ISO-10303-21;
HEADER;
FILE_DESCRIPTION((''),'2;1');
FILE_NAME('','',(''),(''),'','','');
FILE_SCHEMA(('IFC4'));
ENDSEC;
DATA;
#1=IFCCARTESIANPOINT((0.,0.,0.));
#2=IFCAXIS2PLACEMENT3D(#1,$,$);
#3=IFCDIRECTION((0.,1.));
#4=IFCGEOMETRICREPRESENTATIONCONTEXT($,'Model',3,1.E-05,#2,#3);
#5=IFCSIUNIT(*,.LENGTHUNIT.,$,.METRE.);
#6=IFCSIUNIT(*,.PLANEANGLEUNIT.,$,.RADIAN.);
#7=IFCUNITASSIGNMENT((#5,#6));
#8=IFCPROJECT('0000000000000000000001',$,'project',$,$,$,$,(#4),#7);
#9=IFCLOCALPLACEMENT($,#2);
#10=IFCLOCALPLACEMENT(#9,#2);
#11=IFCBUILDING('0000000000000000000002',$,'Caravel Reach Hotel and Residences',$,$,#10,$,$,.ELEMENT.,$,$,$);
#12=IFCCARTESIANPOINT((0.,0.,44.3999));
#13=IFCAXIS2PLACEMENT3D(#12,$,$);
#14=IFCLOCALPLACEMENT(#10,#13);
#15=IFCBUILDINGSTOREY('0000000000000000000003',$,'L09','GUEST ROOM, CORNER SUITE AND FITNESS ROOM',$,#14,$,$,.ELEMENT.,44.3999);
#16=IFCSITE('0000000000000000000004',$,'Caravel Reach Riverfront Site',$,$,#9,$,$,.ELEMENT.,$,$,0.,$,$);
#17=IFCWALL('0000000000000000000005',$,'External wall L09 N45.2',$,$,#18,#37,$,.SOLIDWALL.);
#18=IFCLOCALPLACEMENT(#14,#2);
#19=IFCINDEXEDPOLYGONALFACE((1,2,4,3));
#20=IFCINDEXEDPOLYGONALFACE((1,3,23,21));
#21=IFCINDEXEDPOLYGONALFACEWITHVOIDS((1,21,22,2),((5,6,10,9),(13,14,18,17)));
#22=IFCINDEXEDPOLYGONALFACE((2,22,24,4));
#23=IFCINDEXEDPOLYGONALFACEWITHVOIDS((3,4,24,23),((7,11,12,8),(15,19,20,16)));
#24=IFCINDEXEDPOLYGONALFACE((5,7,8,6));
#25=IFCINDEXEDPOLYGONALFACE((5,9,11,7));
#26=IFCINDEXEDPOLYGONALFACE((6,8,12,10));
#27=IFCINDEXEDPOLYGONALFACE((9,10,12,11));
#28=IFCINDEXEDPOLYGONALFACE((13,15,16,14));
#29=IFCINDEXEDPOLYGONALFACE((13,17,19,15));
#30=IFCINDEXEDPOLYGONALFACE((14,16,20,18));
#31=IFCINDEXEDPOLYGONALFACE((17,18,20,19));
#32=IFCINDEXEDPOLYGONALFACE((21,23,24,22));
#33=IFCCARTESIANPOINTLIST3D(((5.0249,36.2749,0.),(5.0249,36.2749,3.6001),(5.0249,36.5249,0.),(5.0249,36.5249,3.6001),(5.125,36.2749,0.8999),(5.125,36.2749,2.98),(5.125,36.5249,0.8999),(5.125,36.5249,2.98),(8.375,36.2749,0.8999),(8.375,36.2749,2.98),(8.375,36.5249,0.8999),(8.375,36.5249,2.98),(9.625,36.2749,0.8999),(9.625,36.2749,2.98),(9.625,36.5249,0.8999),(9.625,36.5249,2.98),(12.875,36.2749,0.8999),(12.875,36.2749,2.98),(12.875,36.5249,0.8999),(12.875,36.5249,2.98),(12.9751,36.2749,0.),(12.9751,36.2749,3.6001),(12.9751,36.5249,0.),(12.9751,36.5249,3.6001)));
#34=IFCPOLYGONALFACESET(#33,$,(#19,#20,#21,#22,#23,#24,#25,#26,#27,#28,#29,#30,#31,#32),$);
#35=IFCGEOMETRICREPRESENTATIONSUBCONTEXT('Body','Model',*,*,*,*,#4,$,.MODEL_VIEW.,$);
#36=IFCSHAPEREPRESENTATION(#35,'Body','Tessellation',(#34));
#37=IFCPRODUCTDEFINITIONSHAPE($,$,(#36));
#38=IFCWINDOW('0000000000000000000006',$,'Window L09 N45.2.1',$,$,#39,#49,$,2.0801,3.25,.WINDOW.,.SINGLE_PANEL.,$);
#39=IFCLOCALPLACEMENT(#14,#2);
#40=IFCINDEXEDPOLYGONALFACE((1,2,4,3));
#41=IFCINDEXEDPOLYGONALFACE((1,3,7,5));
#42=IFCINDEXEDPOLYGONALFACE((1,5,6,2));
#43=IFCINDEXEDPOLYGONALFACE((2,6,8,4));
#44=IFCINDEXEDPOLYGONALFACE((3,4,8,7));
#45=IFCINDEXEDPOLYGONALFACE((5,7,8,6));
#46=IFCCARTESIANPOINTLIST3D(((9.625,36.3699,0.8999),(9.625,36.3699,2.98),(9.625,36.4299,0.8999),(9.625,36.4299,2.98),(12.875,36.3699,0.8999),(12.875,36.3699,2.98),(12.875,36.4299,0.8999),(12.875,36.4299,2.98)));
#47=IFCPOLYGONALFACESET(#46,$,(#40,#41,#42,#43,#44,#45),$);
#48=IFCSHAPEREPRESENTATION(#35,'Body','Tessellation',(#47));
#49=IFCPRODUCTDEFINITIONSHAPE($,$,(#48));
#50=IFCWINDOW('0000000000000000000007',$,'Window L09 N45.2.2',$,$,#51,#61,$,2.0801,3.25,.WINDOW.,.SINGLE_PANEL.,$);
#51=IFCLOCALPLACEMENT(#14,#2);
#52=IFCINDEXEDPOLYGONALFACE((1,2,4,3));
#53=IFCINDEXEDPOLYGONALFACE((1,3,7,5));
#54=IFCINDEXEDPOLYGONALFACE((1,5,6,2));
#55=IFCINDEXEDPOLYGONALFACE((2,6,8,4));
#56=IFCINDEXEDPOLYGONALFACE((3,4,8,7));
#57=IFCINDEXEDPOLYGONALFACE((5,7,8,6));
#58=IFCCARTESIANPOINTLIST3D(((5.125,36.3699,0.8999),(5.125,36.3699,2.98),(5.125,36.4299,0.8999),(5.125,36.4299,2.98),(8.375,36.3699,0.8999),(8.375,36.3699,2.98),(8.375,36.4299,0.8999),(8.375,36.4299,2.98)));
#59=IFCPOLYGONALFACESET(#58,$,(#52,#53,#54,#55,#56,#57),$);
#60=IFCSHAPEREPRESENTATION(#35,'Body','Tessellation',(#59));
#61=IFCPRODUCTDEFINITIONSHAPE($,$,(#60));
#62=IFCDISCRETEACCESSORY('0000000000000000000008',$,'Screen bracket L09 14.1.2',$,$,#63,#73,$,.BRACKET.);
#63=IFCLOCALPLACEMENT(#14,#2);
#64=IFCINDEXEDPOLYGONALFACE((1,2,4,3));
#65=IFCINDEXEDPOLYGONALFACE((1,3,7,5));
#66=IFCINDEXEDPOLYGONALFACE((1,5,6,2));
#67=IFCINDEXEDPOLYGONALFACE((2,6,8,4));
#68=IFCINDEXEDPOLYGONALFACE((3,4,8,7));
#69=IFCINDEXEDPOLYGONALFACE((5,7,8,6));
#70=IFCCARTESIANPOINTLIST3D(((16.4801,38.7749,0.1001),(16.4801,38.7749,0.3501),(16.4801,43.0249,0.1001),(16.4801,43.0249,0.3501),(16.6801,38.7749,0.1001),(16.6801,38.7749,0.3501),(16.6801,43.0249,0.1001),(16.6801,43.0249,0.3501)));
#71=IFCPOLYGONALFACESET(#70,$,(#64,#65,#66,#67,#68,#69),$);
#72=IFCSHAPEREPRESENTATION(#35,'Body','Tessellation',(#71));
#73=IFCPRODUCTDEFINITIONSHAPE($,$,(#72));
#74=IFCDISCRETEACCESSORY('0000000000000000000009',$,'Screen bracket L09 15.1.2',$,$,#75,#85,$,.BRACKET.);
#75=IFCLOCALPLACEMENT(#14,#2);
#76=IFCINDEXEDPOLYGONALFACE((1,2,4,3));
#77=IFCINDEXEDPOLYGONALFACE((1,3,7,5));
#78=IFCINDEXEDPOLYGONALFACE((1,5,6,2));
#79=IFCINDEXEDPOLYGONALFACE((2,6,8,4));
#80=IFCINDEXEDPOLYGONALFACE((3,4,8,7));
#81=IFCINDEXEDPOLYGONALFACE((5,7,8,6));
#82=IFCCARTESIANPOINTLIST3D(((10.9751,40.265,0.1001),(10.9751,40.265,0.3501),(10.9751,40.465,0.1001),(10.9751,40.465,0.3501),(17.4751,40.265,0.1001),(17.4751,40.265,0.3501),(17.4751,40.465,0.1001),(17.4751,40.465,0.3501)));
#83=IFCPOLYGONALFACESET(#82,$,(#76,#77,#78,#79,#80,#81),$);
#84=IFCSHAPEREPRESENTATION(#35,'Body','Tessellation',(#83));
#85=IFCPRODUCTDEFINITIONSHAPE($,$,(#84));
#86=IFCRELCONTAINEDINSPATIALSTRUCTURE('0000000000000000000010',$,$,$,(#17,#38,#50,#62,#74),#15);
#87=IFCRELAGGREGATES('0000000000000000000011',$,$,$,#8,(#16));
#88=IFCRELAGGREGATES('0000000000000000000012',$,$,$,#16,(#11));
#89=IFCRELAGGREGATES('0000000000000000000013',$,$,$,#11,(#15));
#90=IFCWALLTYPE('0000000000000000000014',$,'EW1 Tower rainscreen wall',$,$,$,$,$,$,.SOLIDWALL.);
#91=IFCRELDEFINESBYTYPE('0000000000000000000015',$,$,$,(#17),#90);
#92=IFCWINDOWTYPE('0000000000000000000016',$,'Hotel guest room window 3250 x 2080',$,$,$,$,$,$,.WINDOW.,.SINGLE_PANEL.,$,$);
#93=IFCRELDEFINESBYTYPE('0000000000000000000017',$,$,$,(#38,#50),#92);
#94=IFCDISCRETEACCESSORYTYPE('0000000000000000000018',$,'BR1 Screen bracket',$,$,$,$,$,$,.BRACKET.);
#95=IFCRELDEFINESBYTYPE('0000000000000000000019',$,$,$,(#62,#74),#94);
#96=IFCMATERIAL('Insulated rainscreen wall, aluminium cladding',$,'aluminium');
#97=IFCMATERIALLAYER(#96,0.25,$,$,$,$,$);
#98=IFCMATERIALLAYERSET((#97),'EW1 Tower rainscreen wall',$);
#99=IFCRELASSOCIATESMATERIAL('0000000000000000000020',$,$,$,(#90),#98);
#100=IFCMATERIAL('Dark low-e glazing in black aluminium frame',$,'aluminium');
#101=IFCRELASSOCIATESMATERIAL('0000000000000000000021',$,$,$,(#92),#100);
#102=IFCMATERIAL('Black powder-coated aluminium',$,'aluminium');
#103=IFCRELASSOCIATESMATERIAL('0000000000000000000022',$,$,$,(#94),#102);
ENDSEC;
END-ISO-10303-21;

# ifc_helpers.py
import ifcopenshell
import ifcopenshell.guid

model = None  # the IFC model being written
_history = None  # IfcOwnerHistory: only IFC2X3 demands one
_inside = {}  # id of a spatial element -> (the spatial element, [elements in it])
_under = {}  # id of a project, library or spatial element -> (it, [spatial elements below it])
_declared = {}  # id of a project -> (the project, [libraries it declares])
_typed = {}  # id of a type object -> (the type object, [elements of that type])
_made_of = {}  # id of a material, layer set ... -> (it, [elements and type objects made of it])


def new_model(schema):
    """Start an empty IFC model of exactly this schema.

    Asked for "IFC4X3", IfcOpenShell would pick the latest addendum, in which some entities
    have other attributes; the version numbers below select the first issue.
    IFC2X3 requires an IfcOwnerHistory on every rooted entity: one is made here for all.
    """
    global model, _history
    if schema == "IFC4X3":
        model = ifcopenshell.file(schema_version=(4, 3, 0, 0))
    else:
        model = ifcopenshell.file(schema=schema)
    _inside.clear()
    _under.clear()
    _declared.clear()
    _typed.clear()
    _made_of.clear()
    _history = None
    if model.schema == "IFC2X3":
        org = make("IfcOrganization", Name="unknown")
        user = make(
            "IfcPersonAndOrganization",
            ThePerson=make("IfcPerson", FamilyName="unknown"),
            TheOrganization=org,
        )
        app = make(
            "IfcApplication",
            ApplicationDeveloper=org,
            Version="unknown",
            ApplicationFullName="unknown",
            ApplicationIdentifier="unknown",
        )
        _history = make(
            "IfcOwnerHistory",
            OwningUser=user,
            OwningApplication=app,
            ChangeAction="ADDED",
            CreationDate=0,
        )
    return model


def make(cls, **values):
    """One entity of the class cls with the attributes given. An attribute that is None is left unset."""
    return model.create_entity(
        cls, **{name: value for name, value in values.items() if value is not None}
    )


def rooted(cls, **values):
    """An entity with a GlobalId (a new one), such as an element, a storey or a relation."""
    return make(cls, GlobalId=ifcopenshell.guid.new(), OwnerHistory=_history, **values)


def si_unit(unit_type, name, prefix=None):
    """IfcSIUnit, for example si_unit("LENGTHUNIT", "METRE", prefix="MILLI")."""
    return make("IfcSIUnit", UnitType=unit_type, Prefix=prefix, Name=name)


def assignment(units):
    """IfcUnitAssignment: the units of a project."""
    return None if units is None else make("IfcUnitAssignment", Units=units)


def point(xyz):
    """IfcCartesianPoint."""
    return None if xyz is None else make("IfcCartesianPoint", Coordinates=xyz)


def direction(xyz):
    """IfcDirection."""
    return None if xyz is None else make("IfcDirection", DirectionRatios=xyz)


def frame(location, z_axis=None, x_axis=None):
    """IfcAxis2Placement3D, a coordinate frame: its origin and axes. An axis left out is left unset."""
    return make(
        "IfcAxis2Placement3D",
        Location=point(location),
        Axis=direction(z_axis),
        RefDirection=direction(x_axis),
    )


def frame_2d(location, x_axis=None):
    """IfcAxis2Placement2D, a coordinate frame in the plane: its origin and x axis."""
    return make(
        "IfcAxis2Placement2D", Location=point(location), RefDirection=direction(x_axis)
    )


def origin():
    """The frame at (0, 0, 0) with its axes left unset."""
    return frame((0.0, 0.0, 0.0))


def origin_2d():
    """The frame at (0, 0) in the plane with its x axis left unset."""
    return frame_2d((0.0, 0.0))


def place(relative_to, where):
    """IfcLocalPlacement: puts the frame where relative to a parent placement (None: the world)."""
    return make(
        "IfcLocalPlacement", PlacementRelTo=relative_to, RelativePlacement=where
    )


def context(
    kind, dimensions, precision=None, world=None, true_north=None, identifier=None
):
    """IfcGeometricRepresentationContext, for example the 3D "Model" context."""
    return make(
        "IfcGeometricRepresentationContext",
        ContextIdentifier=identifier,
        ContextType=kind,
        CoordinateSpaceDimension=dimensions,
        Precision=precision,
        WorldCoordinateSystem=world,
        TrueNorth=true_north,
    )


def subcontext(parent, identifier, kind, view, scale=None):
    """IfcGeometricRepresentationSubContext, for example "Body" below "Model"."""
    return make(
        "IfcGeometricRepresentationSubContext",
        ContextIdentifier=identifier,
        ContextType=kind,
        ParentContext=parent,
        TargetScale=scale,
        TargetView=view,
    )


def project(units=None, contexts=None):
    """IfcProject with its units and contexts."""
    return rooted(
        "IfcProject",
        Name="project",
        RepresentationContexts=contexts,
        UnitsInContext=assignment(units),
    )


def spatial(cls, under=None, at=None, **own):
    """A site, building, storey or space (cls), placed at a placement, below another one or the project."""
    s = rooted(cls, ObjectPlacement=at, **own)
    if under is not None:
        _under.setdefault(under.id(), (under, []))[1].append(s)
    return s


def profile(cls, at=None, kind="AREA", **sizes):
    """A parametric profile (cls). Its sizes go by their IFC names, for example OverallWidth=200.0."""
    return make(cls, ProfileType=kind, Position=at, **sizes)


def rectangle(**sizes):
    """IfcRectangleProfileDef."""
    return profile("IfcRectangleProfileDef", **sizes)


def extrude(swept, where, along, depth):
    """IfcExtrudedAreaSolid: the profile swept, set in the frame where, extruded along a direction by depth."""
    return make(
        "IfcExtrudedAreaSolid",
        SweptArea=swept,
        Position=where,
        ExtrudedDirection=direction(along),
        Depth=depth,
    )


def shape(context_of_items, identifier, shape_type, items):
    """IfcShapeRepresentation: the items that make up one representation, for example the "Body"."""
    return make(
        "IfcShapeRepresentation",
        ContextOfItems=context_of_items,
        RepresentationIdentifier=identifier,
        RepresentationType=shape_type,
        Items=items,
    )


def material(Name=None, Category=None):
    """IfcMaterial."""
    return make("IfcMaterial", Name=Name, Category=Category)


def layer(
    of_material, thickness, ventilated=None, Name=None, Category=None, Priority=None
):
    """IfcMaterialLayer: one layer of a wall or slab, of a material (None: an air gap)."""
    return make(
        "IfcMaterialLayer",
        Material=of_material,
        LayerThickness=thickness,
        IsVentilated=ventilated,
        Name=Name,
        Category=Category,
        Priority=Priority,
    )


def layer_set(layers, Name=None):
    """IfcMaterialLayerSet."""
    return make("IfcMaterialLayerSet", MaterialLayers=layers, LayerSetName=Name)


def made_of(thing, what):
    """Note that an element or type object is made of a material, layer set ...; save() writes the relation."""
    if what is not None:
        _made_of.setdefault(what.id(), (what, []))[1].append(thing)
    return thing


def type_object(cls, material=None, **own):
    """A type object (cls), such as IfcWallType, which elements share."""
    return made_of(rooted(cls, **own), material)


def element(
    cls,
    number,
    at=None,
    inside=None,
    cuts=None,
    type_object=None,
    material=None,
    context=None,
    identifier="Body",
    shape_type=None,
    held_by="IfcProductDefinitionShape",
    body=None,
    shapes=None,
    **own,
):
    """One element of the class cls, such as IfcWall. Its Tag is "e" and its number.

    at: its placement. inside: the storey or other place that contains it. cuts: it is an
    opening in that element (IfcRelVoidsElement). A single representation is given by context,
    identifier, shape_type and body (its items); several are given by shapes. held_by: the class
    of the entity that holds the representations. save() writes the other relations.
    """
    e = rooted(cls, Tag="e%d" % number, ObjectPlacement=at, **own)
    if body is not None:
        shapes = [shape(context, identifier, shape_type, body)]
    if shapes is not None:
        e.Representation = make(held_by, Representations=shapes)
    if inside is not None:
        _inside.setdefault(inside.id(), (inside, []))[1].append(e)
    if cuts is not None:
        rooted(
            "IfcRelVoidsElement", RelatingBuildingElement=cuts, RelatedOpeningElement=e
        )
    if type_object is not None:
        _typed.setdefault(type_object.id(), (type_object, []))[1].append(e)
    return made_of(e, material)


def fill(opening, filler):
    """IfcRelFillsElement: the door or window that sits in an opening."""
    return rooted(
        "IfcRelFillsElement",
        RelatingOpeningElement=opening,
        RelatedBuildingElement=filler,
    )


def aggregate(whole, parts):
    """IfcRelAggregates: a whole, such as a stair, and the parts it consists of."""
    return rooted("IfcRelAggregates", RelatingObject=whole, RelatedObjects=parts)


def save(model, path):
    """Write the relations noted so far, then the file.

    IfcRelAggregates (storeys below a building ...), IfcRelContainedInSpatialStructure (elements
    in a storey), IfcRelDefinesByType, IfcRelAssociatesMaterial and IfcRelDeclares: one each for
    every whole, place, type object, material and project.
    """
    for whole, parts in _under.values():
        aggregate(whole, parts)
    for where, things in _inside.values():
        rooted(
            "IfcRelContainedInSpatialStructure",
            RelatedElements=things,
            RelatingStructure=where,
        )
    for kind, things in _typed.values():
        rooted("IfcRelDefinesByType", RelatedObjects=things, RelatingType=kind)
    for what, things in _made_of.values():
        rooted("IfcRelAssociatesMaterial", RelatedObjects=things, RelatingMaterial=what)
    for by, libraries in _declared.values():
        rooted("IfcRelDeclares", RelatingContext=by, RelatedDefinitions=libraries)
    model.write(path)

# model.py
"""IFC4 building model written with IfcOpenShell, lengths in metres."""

from ifc_helpers import new_model, si_unit, direction, frame, frame_2d, origin, origin_2d, place, context, subcontext, project, spatial, rectangle, extrude, material, layer, layer_set, type_object, element, fill, save


model = new_model("IFC4")

# Units and contexts
model_context = context("Model", 3, precision=1e-05, world=origin(), true_north=direction((0.0, 1.0)))
body_context = subcontext(model_context, "Body", "Model", "MODEL_VIEW")
ifc_project = project(units=[si_unit("LENGTHUNIT", "METRE"), si_unit("PLANEANGLEUNIT", "RADIAN")], contexts=[model_context])

# Site, building, storey
site_placement = place(None, origin())
site = spatial("IfcSite", under=ifc_project, at=site_placement, Name="Caravel Reach Riverfront Site", CompositionType="ELEMENT", RefElevation=0.0)
building_placement = place(site_placement, origin())
building = spatial("IfcBuilding", under=site, at=building_placement, Name="Caravel Reach Hotel and Residences", CompositionType="ELEMENT")
storey_placement = place(building_placement, frame((0.0, 0.0, 44.3999)))
storey = spatial("IfcBuildingStorey", under=building, at=storey_placement, Name="L09", Description="GUEST ROOM, CORNER SUITE AND FITNESS ROOM", CompositionType="ELEMENT", Elevation=44.3999)

# Shared definitions
ifc_material_1 = material(Name="Insulated rainscreen wall, aluminium cladding", Category="aluminium")
ifc_layer = layer(ifc_material_1, 0.25)
ifc_layer_set = layer_set([ifc_layer], Name="EW1 Tower rainscreen wall")
wall_type = type_object("IfcWallType", Name="EW1 Tower rainscreen wall", PredefinedType="SOLIDWALL", material=ifc_layer_set)

# Wall, openings, windows
wall_1_placement = place(storey_placement, frame((12.9751, 36.3999, 0.0), z_axis=(0.0, 0.0, 1.0), x_axis=(-1.0, 0.0, 0.0)))
wall_1 = element("IfcWall", 1, at=wall_1_placement, inside=storey, type_object=wall_type, Name="External wall L09 N45.2", PredefinedType="SOLIDWALL", context=body_context, shape_type="SweptSolid", body=[
    extrude(rectangle(XDim=7.9502, YDim=0.25, at=frame_2d((3.9751, 0.0))), origin(), (0.0, 0.0, 1.0), 3.6001),
])
opening_1_placement = place(wall_1_placement, frame((0.1001, 0.0, 0.8999)))
opening_1 = element("IfcOpeningElement", 2, at=opening_1_placement, cuts=wall_1, PredefinedType="OPENING", context=body_context, shape_type="SweptSolid", body=[
    extrude(rectangle(XDim=3.25, YDim=2.0801, at=frame_2d((1.625, 1.04))), frame((0.0, 0.135, 0.0), z_axis=(0.0, -1.0, 0.0), x_axis=(1.0, 0.0, 0.0)), (0.0, 0.0, 1.0), 0.27),
])
opening_2_placement = place(wall_1_placement, frame((4.6001, 0.0, 0.8999)))
opening_2 = element("IfcOpeningElement", 3, at=opening_2_placement, cuts=wall_1, PredefinedType="OPENING", context=body_context, shape_type="SweptSolid", body=[
    extrude(rectangle(XDim=3.25, YDim=2.0801, at=frame_2d((1.625, 1.04))), frame((0.0, 0.135, 0.0), z_axis=(0.0, -1.0, 0.0), x_axis=(1.0, 0.0, 0.0)), (0.0, 0.0, 1.0), 0.27),
])
ifc_material_2 = material(Name="Dark low-e glazing in black aluminium frame", Category="aluminium")
window_type_1 = type_object("IfcWindowType", Name="Hotel guest room window 3250 x 2080", PartitioningType="SINGLE_PANEL", PredefinedType="WINDOW", material=ifc_material_2)
window_1_placement = place(opening_1_placement, origin())
window_1 = element("IfcWindow", 4, at=window_1_placement, inside=storey, type_object=window_type_1, Name="Window L09 N45.2.1", OverallHeight=2.0801, OverallWidth=3.25, PartitioningType="SINGLE_PANEL", PredefinedType="WINDOW", context=body_context, shape_type="SweptSolid", body=[
    extrude(rectangle(XDim=3.25, YDim=2.0801, at=frame_2d((1.625, 1.04))), frame((0.0, 0.03, 0.0), z_axis=(0.0, -1.0, 0.0), x_axis=(1.0, 0.0, 0.0)), (0.0, 0.0, 1.0), 0.0601),
])
fill(opening_1, window_1)
window_2_placement = place(opening_2_placement, origin())
window_2 = element("IfcWindow", 5, at=window_2_placement, inside=storey, type_object=window_type_1, Name="Window L09 N45.2.2", OverallHeight=2.0801, OverallWidth=3.25, PartitioningType="SINGLE_PANEL", PredefinedType="WINDOW", context=body_context, shape_type="SweptSolid", body=[
    extrude(rectangle(XDim=3.25, YDim=2.0801, at=frame_2d((1.625, 1.04))), frame((0.0, 0.03, 0.0), z_axis=(0.0, -1.0, 0.0), x_axis=(1.0, 0.0, 0.0)), (0.0, 0.0, 1.0), 0.0601),
])
fill(opening_2, window_2)

# Discrete accessories
ifc_material_3 = material(Name="Black powder-coated aluminium", Category="aluminium")
discrete_accessory_type = type_object("IfcDiscreteAccessoryType", Name="BR1 Screen bracket", PredefinedType="BRACKET", material=ifc_material_3)
discrete_accessory_1_placement = place(storey_placement, frame((16.5801, 40.8999, 0.1001), z_axis=(0.0, 0.0, 1.0), x_axis=(0.0, 1.0, 0.0)))
element("IfcDiscreteAccessory", 6, at=discrete_accessory_1_placement, inside=storey, type_object=discrete_accessory_type, Name="Screen bracket L09 14.1.2", PredefinedType="BRACKET", context=body_context, shape_type="SweptSolid", body=[
    extrude(rectangle(XDim=4.25, YDim=0.2, at=origin_2d()), origin(), (0.0, 0.0, 1.0), 0.25),
])
discrete_accessory_2_placement = place(storey_placement, frame((14.2251, 40.365, 0.1001), z_axis=(0.0, 0.0, 1.0), x_axis=(-1.0, 0.0, 0.0)))
element("IfcDiscreteAccessory", 7, at=discrete_accessory_2_placement, inside=storey, type_object=discrete_accessory_type, Name="Screen bracket L09 15.1.2", PredefinedType="BRACKET", context=body_context, shape_type="SweptSolid", body=[
    extrude(rectangle(XDim=6.5, YDim=0.2, at=origin_2d()), origin(), (0.0, 0.0, 1.0), 0.25),
])

save(model, "model.ifc")
